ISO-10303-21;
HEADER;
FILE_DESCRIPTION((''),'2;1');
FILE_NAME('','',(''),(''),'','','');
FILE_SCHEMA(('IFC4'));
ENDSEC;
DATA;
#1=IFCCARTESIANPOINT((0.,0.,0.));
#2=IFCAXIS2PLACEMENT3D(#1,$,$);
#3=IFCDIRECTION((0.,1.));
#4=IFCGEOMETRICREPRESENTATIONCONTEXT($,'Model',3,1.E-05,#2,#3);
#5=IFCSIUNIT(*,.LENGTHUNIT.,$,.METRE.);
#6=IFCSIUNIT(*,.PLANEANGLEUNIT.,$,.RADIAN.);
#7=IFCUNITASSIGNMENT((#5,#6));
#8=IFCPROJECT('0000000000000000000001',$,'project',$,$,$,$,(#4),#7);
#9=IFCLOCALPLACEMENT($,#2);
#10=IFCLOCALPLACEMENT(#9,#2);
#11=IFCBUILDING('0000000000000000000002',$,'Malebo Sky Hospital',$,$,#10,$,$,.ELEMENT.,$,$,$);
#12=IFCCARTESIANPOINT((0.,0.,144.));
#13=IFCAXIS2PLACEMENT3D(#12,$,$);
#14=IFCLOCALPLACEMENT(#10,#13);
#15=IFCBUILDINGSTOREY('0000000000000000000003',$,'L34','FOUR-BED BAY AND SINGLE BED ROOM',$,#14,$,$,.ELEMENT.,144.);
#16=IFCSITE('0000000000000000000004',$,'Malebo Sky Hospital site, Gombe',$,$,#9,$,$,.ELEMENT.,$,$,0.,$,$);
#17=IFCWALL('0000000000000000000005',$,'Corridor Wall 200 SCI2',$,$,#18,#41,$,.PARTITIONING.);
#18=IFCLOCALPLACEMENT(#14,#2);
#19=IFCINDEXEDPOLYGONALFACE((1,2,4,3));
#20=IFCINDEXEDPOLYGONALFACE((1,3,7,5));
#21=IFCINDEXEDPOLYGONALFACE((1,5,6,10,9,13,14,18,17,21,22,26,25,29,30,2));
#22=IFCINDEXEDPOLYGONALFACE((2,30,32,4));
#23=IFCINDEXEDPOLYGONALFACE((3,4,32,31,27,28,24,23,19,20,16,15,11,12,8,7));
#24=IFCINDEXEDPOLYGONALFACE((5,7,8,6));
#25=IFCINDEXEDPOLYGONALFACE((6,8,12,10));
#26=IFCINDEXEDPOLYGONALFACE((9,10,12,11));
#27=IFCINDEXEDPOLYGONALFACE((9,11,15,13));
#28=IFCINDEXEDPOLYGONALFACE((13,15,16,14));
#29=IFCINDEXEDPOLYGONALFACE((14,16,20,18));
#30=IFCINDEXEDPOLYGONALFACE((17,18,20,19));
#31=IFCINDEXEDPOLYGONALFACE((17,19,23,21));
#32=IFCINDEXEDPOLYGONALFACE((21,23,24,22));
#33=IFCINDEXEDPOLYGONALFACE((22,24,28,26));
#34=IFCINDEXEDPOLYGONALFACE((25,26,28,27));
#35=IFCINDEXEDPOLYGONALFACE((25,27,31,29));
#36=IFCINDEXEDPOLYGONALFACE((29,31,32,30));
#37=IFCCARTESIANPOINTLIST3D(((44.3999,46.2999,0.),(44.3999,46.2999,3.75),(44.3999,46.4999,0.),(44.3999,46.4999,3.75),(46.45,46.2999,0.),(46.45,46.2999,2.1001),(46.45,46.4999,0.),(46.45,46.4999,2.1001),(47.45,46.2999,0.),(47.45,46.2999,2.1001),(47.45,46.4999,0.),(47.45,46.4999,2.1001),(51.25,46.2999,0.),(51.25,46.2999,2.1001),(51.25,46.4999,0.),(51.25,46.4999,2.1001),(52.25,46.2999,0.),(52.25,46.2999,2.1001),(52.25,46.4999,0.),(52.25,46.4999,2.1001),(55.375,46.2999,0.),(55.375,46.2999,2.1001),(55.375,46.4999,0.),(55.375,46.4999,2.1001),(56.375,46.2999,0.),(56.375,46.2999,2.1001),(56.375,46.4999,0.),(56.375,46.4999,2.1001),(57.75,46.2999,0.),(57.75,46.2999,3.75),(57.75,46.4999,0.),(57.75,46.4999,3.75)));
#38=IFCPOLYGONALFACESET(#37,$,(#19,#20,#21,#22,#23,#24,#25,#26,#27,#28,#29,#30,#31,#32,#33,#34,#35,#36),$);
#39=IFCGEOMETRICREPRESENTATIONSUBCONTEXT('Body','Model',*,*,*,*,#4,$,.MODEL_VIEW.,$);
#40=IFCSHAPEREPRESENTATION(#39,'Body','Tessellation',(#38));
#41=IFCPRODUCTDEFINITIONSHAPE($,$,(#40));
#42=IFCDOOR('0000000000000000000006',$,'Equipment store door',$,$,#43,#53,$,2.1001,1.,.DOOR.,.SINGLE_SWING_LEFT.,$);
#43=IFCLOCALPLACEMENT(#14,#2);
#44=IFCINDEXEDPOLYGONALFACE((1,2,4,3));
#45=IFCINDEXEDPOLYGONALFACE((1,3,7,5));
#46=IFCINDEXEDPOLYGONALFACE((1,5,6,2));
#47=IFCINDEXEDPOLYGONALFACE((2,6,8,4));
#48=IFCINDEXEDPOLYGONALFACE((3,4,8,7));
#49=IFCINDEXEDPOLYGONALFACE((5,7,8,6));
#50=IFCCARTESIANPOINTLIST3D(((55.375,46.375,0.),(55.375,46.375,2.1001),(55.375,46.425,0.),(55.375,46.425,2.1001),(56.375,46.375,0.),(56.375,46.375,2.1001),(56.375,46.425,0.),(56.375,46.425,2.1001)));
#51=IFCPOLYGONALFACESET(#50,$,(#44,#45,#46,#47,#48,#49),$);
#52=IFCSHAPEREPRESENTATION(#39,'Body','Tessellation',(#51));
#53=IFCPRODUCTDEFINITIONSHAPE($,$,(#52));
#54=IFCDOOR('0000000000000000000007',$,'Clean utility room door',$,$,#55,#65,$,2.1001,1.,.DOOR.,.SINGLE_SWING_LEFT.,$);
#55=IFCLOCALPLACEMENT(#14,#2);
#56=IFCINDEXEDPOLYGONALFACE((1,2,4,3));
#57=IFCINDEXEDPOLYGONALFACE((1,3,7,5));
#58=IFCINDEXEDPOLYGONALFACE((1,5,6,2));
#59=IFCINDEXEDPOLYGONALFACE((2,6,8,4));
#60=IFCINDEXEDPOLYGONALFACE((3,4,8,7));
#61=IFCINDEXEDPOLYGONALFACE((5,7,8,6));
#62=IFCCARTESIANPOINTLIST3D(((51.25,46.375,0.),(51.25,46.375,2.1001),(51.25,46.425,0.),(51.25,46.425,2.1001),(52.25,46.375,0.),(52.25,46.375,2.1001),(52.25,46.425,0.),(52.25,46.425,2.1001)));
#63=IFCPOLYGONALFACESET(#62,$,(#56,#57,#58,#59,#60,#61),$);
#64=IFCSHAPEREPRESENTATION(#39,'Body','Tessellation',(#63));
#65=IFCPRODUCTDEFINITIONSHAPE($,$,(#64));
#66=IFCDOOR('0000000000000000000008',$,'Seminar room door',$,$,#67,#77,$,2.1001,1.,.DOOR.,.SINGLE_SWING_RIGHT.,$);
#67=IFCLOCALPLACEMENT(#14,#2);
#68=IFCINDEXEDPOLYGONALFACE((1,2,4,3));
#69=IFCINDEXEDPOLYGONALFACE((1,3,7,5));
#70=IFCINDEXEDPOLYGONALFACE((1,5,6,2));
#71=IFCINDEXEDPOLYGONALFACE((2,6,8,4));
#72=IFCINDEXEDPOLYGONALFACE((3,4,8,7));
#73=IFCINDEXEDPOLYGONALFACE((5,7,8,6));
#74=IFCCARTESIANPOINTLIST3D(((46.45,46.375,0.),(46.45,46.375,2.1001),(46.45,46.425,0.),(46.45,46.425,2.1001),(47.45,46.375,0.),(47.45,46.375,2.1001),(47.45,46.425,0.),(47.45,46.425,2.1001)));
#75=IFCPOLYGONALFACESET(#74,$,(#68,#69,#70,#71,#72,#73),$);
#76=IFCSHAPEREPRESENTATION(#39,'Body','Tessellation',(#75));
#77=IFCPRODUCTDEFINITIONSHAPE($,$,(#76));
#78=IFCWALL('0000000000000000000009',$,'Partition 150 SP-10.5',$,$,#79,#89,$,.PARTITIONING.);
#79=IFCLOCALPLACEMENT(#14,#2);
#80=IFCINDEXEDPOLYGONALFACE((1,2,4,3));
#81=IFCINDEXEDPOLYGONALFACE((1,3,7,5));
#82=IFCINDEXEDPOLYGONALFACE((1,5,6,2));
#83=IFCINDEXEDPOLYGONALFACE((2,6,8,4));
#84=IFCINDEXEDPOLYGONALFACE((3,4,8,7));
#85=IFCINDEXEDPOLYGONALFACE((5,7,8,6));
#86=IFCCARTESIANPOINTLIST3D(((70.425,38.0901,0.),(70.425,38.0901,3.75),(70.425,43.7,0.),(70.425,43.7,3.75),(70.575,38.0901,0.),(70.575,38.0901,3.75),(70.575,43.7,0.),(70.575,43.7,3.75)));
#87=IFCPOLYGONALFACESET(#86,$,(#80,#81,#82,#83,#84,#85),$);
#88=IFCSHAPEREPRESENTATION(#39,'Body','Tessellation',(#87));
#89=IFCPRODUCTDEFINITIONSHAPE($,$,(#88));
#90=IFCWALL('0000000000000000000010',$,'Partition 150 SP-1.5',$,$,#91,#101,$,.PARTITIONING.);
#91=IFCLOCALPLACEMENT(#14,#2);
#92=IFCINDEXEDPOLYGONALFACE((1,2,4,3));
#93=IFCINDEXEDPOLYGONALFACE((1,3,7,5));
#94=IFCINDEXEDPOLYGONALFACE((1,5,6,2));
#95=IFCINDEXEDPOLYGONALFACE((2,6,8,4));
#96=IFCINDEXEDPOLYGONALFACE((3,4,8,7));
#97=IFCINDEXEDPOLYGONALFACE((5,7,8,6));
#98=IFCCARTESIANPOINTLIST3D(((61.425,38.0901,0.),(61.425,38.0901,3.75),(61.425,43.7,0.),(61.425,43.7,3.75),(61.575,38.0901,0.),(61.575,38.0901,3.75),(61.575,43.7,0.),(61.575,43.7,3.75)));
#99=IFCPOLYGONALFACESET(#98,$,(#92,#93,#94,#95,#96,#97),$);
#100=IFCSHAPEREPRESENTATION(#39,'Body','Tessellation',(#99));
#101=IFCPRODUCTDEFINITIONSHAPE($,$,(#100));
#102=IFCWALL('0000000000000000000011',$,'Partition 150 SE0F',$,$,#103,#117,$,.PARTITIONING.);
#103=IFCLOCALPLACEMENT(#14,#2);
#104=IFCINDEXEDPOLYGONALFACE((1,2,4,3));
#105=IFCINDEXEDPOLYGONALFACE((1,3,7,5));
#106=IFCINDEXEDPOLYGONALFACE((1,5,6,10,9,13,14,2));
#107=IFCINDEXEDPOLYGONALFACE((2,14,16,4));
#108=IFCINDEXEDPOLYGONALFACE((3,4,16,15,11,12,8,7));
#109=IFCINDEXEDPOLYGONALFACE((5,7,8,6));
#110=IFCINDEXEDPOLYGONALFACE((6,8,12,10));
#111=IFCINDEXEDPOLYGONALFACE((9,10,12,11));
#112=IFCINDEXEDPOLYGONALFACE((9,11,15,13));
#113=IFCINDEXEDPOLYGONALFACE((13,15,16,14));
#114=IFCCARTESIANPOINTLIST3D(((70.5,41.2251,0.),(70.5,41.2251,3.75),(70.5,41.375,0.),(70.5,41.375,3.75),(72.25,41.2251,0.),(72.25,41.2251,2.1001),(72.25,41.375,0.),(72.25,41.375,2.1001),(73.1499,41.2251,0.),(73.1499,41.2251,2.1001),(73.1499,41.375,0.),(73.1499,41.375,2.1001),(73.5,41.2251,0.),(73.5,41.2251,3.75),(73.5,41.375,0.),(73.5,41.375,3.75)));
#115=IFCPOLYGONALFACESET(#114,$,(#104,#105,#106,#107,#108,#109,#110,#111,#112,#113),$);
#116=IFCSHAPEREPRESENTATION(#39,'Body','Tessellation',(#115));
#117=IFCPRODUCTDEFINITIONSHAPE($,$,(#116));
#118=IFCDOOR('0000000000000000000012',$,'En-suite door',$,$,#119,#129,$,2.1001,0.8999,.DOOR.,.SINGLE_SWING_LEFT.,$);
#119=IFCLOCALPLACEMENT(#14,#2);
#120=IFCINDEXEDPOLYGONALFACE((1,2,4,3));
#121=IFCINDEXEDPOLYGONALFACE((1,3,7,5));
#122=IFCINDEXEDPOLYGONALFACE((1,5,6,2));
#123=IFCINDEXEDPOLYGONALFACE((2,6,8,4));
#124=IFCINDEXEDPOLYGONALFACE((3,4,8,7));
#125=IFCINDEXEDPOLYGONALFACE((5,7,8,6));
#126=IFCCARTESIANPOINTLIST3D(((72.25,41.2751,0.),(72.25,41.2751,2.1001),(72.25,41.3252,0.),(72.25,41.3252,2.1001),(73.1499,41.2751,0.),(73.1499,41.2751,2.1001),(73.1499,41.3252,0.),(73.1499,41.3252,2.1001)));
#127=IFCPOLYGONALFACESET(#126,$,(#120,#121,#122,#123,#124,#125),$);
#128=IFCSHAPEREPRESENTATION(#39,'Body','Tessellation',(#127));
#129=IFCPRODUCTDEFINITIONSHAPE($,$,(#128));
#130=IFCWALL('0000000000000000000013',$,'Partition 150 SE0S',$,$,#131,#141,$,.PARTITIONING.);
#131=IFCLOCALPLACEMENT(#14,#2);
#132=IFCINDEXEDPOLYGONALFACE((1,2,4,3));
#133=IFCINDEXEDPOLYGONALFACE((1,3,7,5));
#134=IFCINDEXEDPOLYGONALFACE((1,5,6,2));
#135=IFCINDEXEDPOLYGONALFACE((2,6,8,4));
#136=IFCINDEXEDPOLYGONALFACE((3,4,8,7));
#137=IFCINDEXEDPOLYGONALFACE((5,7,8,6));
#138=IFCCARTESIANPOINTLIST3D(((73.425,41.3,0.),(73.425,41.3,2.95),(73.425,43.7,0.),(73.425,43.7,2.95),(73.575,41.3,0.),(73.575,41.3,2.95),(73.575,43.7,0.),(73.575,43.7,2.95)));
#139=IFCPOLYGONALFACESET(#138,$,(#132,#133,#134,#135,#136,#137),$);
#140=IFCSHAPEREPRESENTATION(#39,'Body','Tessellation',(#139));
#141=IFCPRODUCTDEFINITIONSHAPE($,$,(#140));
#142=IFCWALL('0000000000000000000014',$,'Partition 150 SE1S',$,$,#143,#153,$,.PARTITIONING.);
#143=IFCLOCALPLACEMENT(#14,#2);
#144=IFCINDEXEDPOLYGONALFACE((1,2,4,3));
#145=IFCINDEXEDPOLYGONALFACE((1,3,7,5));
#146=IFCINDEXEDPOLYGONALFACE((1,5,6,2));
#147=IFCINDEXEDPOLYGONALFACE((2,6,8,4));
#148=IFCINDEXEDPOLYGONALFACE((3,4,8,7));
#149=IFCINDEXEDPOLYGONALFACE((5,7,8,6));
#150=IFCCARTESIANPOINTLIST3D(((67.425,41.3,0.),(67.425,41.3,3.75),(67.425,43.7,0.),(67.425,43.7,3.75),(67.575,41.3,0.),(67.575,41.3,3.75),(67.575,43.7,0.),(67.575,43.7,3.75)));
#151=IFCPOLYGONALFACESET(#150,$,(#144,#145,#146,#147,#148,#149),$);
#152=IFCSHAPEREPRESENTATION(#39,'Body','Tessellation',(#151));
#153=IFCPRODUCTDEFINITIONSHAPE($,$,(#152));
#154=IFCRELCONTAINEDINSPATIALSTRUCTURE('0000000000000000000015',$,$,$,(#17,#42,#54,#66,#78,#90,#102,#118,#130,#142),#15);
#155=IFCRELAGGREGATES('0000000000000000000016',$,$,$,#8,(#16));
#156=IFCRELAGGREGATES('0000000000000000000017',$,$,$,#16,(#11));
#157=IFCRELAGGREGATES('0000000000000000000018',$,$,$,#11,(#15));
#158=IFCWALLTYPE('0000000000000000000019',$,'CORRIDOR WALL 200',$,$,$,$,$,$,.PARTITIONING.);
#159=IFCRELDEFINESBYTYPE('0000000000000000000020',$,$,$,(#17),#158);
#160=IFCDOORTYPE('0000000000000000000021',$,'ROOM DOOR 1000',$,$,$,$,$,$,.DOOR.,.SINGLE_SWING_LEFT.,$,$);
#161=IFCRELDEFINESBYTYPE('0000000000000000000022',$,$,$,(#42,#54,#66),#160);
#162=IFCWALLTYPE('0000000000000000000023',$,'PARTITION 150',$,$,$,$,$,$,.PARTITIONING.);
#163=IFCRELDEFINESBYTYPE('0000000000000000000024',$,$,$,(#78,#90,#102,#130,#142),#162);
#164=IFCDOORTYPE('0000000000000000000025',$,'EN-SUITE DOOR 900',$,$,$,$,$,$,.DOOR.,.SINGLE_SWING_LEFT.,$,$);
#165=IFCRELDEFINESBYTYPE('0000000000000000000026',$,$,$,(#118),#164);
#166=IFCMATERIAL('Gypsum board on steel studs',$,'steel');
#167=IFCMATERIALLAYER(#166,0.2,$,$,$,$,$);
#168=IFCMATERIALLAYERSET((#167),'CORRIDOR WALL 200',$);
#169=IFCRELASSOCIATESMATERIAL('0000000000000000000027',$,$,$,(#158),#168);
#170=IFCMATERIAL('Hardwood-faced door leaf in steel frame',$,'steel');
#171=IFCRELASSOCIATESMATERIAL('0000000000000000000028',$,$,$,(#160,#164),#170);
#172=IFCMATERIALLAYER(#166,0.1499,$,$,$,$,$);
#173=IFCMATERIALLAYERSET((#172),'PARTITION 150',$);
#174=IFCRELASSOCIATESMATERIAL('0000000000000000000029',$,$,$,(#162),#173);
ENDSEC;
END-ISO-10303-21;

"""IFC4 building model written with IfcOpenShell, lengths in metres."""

from ifc_helpers import new_model, si_unit, direction, frame, frame_2d, origin, place, context, subcontext, project, spatial, rectangle, extrude, material, layer, layer_set, type_object, element, fill, save


model = new_model("IFC4")

# Units and contexts
model_context = context("Model", 3, precision=1e-05, world=origin(), true_north=direction((0.0, 1.0)))
body_context = subcontext(model_context, "Body", "Model", "MODEL_VIEW")
ifc_project = project(units=[si_unit("LENGTHUNIT", "METRE"), si_unit("PLANEANGLEUNIT", "RADIAN")], contexts=[model_context])

# Site, building, storey
site_placement = place(None, origin())
site = spatial("IfcSite", under=ifc_project, at=site_placement, Name="Malebo Sky Hospital site, Gombe", CompositionType="ELEMENT", RefElevation=0.0)
building_placement = place(site_placement, origin())
building = spatial("IfcBuilding", under=site, at=building_placement, Name="Malebo Sky Hospital", CompositionType="ELEMENT")
storey_placement = place(building_placement, frame((0.0, 0.0, 144.0)))
storey = spatial("IfcBuildingStorey", under=building, at=storey_placement, Name="L34", Description="FOUR-BED BAY AND SINGLE BED ROOM", CompositionType="ELEMENT", Elevation=144.0)

# Wall, openings, doors
ifc_material_1 = material(Name="Gypsum board on steel studs", Category="steel")
ifc_layer_1 = layer(ifc_material_1, 0.2)
ifc_layer_set_1 = layer_set([ifc_layer_1], Name="CORRIDOR WALL 200")
wall_type_1 = type_object("IfcWallType", Name="CORRIDOR WALL 200", PredefinedType="PARTITIONING", material=ifc_layer_set_1)
wall_1_placement = place(storey_placement, frame((57.75, 46.3999, 0.0), z_axis=(0.0, 0.0, 1.0), x_axis=(-1.0, 0.0, 0.0)))
wall_1 = element("IfcWall", 1, at=wall_1_placement, inside=storey, type_object=wall_type_1, Name="Corridor Wall 200 SCI2", PredefinedType="PARTITIONING", context=body_context, shape_type="SweptSolid", body=[
    extrude(rectangle(XDim=13.3501, YDim=0.2, at=frame_2d((6.675, 0.0))), origin(), (0.0, 0.0, 1.0), 3.75),
])
opening_1_placement = place(wall_1_placement, frame((1.375, 0.0, 0.0)))
opening_1 = element("IfcOpeningElement", 2, at=opening_1_placement, cuts=wall_1, PredefinedType="OPENING", context=body_context, shape_type="SweptSolid", body=[
    extrude(rectangle(XDim=1.0, YDim=2.1001, at=frame_2d((0.5, 1.05))), frame((0.0, 0.1099, 0.0), z_axis=(0.0, -1.0, 0.0), x_axis=(1.0, 0.0, 0.0)), (0.0, 0.0, 1.0), 0.22),
])
opening_2_placement = place(wall_1_placement, frame((5.5, 0.0, 0.0)))
opening_2 = element("IfcOpeningElement", 3, at=opening_2_placement, cuts=wall_1, PredefinedType="OPENING", context=body_context, shape_type="SweptSolid", body=[
    extrude(rectangle(XDim=1.0, YDim=2.1001, at=frame_2d((0.5, 1.05))), frame((0.0, 0.1099, 0.0), z_axis=(0.0, -1.0, 0.0), x_axis=(1.0, 0.0, 0.0)), (0.0, 0.0, 1.0), 0.22),
])
opening_3_placement = place(wall_1_placement, frame((10.3, 0.0, 0.0)))
opening_3 = element("IfcOpeningElement", 4, at=opening_3_placement, cuts=wall_1, PredefinedType="OPENING", context=body_context, shape_type="SweptSolid", body=[
    extrude(rectangle(XDim=1.0, YDim=2.1001, at=frame_2d((0.5, 1.05))), frame((0.0, 0.1099, 0.0), z_axis=(0.0, -1.0, 0.0), x_axis=(1.0, 0.0, 0.0)), (0.0, 0.0, 1.0), 0.22),
])
ifc_material_2 = material(Name="Hardwood-faced door leaf in steel frame", Category="steel")
door_type_1 = type_object("IfcDoorType", Name="ROOM DOOR 1000", OperationType="SINGLE_SWING_LEFT", PredefinedType="DOOR", material=ifc_material_2)
door_1_placement = place(opening_1_placement, origin())
door_1 = element("IfcDoor", 5, at=door_1_placement, inside=storey, type_object=door_type_1, Name="Equipment store door", OperationType="SINGLE_SWING_LEFT", OverallHeight=2.1001, OverallWidth=1.0, PredefinedType="DOOR", context=body_context, shape_type="SweptSolid", body=[
    extrude(rectangle(XDim=1.0, YDim=2.1001, at=frame_2d((0.5, 1.05))), frame((0.0, 0.0249, 0.0), z_axis=(0.0, -1.0, 0.0), x_axis=(1.0, 0.0, 0.0)), (0.0, 0.0, 1.0), 0.05),
])
fill(opening_1, door_1)
door_2_placement = place(opening_2_placement, origin())
door_2 = element("IfcDoor", 6, at=door_2_placement, inside=storey, type_object=door_type_1, Name="Clean utility room door", OperationType="SINGLE_SWING_LEFT", OverallHeight=2.1001, OverallWidth=1.0, PredefinedType="DOOR", context=body_context, shape_type="SweptSolid", body=[
    extrude(rectangle(XDim=1.0, YDim=2.1001, at=frame_2d((0.5, 1.05))), frame((0.0, 0.0249, 0.0), z_axis=(0.0, -1.0, 0.0), x_axis=(1.0, 0.0, 0.0)), (0.0, 0.0, 1.0), 0.05),
])
fill(opening_2, door_2)
door_3_placement = place(opening_3_placement, origin())
door_3 = element("IfcDoor", 7, at=door_3_placement, inside=storey, type_object=door_type_1, Name="Seminar room door", OperationType="SINGLE_SWING_RIGHT", OverallHeight=2.1001, OverallWidth=1.0, PredefinedType="DOOR", context=body_context, shape_type="SweptSolid", body=[
    extrude(rectangle(XDim=1.0, YDim=2.1001, at=frame_2d((0.5, 1.05))), frame((0.0, 0.0249, 0.0), z_axis=(0.0, -1.0, 0.0), x_axis=(1.0, 0.0, 0.0)), (0.0, 0.0, 1.0), 0.05),
])
fill(opening_3, door_3)

# Walls
ifc_layer_2 = layer(ifc_material_1, 0.1499)
ifc_layer_set_2 = layer_set([ifc_layer_2], Name="PARTITION 150")
wall_type_2 = type_object("IfcWallType", Name="PARTITION 150", PredefinedType="PARTITIONING", material=ifc_layer_set_2)
for number, where, z_axis, x_axis, name in (
    (8, (70.5, 43.7, 0.0), (0.0, 0.0, 1.0), (0.0, -1.0, 0.0), "Partition 150 SP-10.5"),
    (9, (61.5, 43.7, 0.0), (0.0, 0.0, 1.0), (0.0, -1.0, 0.0), "Partition 150 SP-1.5"),
):
    element("IfcWall", number, at=place(storey_placement, frame(where, z_axis=z_axis, x_axis=x_axis)), inside=storey, type_object=wall_type_2, Name=name, PredefinedType="PARTITIONING", context=body_context, shape_type="SweptSolid", body=[
        extrude(rectangle(XDim=5.6099, YDim=0.1499, at=frame_2d((2.8049, 0.0))), origin(), (0.0, 0.0, 1.0), 3.75),
    ])

# Wall, opening, door
wall_2_placement = place(storey_placement, frame((73.5, 41.3, 0.0), z_axis=(0.0, 0.0, 1.0), x_axis=(-1.0, 0.0, 0.0)))
wall_2 = element("IfcWall", 10, at=wall_2_placement, inside=storey, type_object=wall_type_2, Name="Partition 150 SE0F", PredefinedType="PARTITIONING", context=body_context, shape_type="SweptSolid", body=[
    extrude(rectangle(XDim=3.0, YDim=0.1499, at=frame_2d((1.5, 0.0))), origin(), (0.0, 0.0, 1.0), 3.75),
])
opening_4_placement = place(wall_2_placement, frame((0.3501, 0.0, 0.0)))
opening_4 = element("IfcOpeningElement", 11, at=opening_4_placement, cuts=wall_2, PredefinedType="OPENING", context=body_context, shape_type="SweptSolid", body=[
    extrude(rectangle(XDim=0.8999, YDim=2.1001, at=frame_2d((0.45, 1.05))), frame((0.0, 0.085, 0.0), z_axis=(0.0, -1.0, 0.0), x_axis=(1.0, 0.0, 0.0)), (0.0, 0.0, 1.0), 0.1699),
])
door_type_2 = type_object("IfcDoorType", Name="EN-SUITE DOOR 900", OperationType="SINGLE_SWING_LEFT", PredefinedType="DOOR", material=ifc_material_2)
door_4_placement = place(opening_4_placement, origin())
door_4 = element("IfcDoor", 12, at=door_4_placement, inside=storey, type_object=door_type_2, Name="En-suite door", OperationType="SINGLE_SWING_LEFT", OverallHeight=2.1001, OverallWidth=0.8999, PredefinedType="DOOR", context=body_context, shape_type="SweptSolid", body=[
    extrude(rectangle(XDim=0.8999, YDim=2.1001, at=frame_2d((0.45, 1.05))), frame((0.0, 0.0249, 0.0), z_axis=(0.0, -1.0, 0.0), x_axis=(1.0, 0.0, 0.0)), (0.0, 0.0, 1.0), 0.05),
])
fill(opening_4, door_4)

# Walls
wall_3_placement = place(storey_placement, frame((73.5, 43.7, 0.0), z_axis=(0.0, 0.0, 1.0), x_axis=(0.0, -1.0, 0.0)))
element("IfcWall", 13, at=wall_3_placement, inside=storey, type_object=wall_type_2, Name="Partition 150 SE0S", PredefinedType="PARTITIONING", context=body_context, shape_type="SweptSolid", body=[
    extrude(rectangle(XDim=2.3999, YDim=0.1499, at=frame_2d((1.2, 0.0))), origin(), (0.0, 0.0, 1.0), 2.95),
])
wall_4_placement = place(storey_placement, frame((67.5, 43.7, 0.0), z_axis=(0.0, 0.0, 1.0), x_axis=(0.0, -1.0, 0.0)))
element("IfcWall", 14, at=wall_4_placement, inside=storey, type_object=wall_type_2, Name="Partition 150 SE1S", PredefinedType="PARTITIONING", context=body_context, shape_type="SweptSolid", body=[
    extrude(rectangle(XDim=2.3999, YDim=0.1499, at=frame_2d((1.2, 0.0))), origin(), (0.0, 0.0, 1.0), 3.75),
])

save(model, "model.ifc")
